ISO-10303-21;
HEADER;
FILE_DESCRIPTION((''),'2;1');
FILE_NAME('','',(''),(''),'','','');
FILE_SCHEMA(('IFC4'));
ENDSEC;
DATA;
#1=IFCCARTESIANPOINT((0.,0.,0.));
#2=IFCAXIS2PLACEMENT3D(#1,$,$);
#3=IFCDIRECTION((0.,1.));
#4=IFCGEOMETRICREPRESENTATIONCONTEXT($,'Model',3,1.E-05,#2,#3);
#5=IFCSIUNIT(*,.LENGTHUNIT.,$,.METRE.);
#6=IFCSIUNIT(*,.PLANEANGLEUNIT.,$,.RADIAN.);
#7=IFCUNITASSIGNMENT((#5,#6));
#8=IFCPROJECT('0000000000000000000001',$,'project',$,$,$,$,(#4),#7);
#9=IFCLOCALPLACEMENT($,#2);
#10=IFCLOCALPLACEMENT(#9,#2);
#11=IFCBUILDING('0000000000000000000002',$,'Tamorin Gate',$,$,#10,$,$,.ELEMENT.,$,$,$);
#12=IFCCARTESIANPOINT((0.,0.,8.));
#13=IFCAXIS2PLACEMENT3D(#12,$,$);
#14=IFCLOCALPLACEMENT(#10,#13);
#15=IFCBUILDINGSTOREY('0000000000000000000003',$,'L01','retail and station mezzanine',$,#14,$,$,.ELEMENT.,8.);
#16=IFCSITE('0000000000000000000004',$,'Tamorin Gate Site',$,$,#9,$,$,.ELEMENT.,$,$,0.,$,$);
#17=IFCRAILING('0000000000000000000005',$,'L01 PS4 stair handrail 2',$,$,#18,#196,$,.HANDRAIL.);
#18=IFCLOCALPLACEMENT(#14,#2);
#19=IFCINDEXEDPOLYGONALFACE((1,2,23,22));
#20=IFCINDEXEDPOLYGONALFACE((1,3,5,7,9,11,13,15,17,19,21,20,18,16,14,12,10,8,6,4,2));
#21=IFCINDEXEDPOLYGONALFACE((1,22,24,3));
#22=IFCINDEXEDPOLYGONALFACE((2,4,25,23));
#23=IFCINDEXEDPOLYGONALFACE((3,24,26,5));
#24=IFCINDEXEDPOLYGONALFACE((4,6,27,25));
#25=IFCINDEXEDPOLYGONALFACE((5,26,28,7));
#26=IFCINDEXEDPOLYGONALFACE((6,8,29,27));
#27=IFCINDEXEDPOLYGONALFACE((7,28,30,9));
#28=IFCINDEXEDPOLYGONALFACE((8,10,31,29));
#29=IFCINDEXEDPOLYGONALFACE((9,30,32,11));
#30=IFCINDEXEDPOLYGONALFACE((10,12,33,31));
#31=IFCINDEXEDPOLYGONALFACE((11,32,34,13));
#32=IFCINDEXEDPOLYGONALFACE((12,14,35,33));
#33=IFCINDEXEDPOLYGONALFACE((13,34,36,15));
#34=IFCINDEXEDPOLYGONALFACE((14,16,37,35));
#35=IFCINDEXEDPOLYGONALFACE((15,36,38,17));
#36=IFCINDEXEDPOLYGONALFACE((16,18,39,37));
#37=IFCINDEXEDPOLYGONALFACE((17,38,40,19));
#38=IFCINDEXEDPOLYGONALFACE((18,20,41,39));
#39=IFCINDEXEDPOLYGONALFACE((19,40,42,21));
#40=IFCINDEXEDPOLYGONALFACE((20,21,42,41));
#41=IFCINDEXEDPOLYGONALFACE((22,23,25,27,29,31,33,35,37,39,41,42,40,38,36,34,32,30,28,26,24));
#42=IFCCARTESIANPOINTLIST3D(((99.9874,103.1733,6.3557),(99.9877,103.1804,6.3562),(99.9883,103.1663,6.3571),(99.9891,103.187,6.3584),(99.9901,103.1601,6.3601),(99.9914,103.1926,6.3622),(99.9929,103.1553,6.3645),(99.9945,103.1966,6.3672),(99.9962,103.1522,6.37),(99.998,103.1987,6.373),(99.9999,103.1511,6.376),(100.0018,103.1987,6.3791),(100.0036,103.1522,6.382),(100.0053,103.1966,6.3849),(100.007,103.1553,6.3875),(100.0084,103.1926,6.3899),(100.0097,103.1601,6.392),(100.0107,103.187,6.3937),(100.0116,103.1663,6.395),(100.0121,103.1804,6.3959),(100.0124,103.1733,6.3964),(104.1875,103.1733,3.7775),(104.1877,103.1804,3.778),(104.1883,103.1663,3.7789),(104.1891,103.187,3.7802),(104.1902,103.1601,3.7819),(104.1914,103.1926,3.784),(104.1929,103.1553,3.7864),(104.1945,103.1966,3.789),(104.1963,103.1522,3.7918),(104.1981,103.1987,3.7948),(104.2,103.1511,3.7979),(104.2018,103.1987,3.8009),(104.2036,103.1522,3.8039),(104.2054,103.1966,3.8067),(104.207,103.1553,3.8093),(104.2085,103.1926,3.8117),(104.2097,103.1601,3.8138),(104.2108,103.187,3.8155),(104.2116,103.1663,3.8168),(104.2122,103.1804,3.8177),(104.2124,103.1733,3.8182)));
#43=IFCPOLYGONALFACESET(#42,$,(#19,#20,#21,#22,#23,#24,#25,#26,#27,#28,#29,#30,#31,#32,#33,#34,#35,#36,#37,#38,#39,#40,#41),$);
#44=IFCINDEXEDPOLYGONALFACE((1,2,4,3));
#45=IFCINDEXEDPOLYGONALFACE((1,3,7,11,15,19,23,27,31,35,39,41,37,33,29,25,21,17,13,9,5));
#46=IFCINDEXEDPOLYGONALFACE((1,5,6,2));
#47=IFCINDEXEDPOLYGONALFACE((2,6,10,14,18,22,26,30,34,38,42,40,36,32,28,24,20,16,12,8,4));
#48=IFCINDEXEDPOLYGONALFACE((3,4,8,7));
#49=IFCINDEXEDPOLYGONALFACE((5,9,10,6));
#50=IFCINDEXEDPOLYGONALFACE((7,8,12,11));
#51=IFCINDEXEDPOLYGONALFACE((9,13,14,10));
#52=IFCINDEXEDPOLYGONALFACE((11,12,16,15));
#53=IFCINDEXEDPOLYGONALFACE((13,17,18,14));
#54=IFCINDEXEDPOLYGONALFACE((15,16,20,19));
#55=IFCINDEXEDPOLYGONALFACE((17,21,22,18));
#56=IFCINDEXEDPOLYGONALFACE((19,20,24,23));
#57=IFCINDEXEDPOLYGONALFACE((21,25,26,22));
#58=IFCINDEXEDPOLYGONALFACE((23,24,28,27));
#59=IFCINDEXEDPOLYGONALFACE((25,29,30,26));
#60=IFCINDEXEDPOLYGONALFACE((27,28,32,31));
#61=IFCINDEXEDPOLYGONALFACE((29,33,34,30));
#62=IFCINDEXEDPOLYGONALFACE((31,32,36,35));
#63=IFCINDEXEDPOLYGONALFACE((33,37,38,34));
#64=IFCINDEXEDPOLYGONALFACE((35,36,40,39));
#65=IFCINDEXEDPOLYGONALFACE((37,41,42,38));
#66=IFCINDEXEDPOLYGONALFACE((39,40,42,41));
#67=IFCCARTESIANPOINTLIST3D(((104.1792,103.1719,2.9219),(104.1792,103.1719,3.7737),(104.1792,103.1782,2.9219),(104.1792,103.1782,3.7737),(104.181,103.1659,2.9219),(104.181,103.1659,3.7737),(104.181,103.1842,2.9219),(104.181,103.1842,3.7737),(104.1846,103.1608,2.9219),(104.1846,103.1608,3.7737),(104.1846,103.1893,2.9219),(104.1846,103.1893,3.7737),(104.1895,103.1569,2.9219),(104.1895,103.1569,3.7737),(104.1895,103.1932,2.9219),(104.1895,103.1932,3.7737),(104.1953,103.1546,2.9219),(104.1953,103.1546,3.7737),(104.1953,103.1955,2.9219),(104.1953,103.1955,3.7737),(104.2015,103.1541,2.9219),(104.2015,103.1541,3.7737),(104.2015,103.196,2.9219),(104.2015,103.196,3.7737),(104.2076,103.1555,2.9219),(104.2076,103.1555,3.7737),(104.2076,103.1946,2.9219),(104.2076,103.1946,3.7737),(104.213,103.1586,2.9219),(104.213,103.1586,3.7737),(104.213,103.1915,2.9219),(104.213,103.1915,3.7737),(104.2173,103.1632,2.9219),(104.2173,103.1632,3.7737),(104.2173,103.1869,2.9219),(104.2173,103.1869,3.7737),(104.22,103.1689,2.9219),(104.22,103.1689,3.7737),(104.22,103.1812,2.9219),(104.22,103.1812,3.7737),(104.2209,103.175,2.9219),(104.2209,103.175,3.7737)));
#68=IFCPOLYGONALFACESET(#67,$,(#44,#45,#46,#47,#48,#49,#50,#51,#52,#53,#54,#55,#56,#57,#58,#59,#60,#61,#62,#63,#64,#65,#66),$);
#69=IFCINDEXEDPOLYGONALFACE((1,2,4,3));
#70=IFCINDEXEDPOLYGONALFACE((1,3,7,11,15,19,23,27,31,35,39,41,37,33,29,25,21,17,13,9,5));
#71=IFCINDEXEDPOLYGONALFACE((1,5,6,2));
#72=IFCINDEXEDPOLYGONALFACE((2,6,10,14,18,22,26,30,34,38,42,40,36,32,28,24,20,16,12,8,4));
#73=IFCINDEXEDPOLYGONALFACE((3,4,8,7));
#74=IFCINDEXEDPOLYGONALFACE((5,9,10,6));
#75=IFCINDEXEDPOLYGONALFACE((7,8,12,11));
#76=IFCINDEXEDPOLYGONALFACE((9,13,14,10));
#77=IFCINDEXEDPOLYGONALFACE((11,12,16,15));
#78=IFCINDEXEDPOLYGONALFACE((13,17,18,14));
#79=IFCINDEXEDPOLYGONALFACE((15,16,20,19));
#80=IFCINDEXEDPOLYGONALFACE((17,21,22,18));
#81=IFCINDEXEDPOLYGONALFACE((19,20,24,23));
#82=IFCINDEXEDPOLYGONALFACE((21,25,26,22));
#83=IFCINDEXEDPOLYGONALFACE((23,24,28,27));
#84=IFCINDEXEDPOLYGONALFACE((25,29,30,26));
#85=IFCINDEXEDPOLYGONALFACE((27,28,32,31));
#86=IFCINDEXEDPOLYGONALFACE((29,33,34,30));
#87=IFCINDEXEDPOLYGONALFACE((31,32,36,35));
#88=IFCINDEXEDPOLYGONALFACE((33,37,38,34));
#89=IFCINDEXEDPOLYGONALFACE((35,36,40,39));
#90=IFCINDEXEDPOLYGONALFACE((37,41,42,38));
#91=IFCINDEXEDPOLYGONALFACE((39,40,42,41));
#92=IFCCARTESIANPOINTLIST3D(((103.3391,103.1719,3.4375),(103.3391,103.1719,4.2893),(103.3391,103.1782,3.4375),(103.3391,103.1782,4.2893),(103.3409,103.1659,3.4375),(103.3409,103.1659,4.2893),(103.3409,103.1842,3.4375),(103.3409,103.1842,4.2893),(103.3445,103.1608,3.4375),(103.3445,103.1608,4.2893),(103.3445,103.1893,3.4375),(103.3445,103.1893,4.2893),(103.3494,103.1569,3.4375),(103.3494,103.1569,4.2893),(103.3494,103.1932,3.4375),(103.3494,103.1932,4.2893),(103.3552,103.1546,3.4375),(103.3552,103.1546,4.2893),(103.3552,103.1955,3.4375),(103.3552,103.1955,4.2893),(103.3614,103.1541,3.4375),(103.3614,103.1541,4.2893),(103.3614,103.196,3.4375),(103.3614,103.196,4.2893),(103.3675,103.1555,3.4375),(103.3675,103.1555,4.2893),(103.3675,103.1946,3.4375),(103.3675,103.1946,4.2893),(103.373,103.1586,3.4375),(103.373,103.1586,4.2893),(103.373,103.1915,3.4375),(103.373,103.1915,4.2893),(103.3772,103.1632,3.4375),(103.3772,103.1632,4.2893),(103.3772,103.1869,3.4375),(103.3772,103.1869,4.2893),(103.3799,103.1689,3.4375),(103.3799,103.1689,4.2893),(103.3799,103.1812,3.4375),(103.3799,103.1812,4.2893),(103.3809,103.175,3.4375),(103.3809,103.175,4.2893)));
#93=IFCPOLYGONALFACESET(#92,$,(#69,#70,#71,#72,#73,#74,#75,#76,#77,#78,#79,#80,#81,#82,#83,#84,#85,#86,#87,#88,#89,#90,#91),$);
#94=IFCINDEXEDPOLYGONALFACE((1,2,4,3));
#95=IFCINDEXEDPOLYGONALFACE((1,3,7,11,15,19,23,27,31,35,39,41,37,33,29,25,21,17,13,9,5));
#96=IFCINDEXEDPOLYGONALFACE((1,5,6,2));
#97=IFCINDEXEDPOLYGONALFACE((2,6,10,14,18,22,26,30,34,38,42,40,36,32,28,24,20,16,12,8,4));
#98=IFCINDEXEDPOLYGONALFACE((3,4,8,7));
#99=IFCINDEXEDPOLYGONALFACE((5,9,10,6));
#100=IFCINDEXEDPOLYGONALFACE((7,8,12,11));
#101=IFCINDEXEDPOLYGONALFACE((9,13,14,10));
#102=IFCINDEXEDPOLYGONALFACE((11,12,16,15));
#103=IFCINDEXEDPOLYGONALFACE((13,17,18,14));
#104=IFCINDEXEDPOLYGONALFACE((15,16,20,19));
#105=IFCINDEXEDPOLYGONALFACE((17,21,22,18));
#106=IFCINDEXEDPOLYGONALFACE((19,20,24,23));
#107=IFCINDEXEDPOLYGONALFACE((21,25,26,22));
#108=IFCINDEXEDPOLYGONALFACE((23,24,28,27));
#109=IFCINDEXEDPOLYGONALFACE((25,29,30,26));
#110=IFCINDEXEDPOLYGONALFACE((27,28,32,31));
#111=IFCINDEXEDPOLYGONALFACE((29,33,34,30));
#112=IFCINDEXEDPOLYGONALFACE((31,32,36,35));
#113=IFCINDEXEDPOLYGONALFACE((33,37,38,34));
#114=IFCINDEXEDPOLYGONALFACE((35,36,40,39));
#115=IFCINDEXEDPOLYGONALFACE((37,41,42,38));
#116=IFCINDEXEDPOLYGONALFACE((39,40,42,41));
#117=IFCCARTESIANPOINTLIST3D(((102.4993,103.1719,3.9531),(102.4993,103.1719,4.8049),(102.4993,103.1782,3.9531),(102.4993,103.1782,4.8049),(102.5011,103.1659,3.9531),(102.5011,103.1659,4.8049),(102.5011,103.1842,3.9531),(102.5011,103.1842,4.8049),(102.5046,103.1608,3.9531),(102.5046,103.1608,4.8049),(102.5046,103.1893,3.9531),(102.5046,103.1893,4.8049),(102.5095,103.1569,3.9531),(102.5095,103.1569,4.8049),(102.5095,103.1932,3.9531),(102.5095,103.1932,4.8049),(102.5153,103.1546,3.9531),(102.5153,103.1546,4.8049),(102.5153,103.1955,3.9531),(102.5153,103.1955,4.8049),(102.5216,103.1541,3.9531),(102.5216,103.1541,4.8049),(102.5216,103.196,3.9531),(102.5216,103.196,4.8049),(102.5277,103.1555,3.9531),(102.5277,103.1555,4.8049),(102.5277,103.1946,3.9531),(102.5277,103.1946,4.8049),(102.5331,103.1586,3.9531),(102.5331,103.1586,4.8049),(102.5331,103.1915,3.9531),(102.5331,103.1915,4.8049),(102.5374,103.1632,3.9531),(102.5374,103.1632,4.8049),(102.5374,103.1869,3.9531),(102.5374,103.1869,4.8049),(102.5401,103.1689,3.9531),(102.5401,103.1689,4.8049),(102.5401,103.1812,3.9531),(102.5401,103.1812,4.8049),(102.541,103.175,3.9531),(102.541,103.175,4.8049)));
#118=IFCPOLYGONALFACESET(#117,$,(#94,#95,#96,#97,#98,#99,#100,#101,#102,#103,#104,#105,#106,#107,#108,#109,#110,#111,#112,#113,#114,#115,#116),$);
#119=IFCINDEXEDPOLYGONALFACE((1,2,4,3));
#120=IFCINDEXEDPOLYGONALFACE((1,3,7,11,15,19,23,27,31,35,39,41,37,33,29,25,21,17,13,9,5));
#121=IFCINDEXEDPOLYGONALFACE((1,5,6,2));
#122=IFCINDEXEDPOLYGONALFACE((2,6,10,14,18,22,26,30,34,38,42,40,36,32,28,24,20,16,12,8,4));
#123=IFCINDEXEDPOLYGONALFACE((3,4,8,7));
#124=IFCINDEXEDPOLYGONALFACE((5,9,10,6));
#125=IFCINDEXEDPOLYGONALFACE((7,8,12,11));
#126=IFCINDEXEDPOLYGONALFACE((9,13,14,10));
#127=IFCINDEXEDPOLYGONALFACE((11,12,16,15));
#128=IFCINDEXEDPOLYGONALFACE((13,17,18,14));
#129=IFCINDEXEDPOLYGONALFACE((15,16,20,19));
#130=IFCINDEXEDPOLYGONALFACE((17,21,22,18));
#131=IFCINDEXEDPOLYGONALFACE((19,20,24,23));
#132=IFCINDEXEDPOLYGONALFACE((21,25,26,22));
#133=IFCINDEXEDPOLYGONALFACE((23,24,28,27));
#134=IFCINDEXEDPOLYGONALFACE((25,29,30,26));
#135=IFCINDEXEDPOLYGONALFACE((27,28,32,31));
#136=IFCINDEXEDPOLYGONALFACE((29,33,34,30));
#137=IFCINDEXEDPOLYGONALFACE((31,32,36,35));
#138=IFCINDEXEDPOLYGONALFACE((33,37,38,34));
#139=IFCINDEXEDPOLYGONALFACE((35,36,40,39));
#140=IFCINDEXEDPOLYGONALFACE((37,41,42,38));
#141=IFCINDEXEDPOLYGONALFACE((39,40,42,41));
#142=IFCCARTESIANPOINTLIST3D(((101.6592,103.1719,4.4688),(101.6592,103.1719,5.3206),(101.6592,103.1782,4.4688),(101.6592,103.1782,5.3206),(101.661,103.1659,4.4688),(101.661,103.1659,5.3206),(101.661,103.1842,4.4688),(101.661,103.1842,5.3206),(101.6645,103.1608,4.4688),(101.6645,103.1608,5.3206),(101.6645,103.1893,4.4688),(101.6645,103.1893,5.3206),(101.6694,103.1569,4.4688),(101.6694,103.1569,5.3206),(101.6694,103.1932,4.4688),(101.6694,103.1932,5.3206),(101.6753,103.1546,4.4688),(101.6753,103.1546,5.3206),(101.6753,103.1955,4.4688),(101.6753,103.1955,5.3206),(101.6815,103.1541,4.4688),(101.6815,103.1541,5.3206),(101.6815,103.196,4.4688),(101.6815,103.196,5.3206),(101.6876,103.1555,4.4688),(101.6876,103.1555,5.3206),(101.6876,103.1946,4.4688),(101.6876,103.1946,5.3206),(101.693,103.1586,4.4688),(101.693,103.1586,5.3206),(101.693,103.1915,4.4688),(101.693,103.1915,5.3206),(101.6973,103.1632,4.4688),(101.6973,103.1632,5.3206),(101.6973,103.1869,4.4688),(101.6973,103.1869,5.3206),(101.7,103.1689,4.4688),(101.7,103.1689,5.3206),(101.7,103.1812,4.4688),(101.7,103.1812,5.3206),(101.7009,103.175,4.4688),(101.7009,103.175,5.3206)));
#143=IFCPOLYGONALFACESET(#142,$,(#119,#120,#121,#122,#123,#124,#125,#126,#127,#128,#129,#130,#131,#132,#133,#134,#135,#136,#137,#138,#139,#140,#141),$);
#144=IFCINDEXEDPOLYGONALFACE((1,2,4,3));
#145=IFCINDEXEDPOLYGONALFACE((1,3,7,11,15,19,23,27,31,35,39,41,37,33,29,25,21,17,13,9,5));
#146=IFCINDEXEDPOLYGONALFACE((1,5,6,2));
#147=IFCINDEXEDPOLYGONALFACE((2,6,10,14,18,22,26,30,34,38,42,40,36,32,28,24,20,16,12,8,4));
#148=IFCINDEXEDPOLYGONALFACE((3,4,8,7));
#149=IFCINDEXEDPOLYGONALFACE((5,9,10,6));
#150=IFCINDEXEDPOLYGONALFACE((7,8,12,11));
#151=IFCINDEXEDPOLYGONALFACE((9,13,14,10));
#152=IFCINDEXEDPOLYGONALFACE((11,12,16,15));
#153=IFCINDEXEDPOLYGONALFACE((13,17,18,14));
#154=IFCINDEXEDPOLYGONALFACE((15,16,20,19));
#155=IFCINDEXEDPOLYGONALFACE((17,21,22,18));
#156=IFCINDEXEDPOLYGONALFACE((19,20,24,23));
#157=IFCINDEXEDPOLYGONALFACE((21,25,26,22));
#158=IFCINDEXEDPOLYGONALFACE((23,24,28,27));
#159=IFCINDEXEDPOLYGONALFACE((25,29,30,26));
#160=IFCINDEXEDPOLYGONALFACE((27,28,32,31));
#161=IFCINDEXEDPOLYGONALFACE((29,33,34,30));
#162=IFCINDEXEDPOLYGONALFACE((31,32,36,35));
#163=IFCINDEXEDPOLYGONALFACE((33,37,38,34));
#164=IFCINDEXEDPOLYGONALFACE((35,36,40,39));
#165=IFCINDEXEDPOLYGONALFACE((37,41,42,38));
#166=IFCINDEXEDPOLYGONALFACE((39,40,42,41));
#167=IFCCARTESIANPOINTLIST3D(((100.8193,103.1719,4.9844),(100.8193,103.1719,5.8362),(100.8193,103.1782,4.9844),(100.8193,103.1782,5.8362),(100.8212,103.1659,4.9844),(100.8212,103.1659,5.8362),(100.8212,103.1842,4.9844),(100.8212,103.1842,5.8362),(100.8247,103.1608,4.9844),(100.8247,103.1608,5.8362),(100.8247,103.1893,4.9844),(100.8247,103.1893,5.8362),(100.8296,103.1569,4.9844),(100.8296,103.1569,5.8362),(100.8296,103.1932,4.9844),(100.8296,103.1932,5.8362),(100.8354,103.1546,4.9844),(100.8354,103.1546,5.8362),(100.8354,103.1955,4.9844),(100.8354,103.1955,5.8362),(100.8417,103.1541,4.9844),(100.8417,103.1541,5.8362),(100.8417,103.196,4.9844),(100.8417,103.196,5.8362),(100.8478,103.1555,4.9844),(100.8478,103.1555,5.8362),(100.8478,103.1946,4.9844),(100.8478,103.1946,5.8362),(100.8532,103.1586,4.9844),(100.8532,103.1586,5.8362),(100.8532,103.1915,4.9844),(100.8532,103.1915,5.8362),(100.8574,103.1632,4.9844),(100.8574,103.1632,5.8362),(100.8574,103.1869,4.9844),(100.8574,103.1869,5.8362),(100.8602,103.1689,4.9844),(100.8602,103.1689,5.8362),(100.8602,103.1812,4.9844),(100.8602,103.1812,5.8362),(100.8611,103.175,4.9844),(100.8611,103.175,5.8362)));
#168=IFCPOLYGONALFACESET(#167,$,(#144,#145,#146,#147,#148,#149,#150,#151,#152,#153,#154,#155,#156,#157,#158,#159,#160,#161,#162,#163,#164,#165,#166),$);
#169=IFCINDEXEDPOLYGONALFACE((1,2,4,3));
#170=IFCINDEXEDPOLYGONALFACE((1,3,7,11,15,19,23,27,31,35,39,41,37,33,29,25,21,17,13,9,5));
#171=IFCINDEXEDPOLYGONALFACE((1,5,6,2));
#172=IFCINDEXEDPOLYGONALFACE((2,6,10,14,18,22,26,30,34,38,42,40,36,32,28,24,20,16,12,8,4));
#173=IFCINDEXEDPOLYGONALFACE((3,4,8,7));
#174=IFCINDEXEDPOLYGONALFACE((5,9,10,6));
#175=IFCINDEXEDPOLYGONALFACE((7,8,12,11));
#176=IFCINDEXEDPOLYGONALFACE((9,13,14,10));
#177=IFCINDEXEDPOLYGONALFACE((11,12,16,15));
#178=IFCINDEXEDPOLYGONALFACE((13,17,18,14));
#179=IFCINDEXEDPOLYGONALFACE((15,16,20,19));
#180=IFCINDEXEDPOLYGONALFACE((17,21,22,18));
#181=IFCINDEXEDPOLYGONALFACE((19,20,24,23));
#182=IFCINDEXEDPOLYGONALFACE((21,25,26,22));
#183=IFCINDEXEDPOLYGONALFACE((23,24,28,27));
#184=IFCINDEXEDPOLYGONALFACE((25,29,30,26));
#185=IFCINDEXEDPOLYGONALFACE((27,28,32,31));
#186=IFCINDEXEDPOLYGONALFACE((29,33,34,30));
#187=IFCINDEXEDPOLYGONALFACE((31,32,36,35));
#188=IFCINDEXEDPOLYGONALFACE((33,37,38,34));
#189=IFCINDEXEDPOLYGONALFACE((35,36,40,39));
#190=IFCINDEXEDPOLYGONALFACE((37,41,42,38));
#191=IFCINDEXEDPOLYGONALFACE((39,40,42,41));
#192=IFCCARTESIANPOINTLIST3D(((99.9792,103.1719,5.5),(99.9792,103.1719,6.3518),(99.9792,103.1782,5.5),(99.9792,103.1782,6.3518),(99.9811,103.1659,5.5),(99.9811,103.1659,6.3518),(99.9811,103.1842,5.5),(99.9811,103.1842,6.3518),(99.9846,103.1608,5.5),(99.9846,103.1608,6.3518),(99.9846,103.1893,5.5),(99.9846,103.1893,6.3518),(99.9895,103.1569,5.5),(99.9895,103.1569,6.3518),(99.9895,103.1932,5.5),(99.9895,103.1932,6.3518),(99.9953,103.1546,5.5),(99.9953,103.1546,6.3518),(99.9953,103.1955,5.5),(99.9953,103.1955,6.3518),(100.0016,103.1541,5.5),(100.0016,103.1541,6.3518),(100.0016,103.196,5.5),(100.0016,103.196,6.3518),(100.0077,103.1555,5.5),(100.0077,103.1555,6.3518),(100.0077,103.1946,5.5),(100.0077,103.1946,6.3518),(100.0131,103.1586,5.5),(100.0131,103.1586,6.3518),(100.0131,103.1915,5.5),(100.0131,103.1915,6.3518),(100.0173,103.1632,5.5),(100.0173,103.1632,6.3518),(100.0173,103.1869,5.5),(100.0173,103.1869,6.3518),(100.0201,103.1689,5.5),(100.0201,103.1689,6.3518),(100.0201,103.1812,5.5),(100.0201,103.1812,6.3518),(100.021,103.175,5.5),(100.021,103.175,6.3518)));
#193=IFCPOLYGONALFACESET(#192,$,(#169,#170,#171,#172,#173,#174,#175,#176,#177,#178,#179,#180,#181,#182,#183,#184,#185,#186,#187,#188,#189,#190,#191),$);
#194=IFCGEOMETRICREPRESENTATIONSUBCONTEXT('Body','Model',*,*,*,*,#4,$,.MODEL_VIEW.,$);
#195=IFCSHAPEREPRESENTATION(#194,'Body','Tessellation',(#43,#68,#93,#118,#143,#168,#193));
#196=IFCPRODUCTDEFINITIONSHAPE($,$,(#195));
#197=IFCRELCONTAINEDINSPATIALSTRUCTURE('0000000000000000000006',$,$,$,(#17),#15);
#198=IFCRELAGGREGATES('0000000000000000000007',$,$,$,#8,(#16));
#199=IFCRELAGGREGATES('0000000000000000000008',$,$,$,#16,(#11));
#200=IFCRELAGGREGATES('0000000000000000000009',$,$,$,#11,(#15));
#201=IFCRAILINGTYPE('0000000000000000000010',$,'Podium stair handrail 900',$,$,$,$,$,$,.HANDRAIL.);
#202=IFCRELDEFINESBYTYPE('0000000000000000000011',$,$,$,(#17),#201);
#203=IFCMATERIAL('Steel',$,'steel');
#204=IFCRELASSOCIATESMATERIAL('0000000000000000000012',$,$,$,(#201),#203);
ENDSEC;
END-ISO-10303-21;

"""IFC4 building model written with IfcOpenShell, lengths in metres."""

from ifc_helpers import new_model, si_unit, direction, frame, origin, origin_2d, place, context, subcontext, project, spatial, circle, extrude, material, type_object, element, save


model = new_model("IFC4")

# Units and contexts
model_context = context("Model", 3, precision=1e-05, world=origin(), true_north=direction((0.0, 1.0)))
body_context = subcontext(model_context, "Body", "Model", "MODEL_VIEW")
ifc_project = project(units=[si_unit("LENGTHUNIT", "METRE"), si_unit("PLANEANGLEUNIT", "RADIAN")], contexts=[model_context])

# Site, building, storey
site_placement = place(None, origin())
site = spatial("IfcSite", under=ifc_project, at=site_placement, Name="Tamorin Gate Site", CompositionType="ELEMENT", RefElevation=0.0)
building_placement = place(site_placement, origin())
building = spatial("IfcBuilding", under=site, at=building_placement, Name="Tamorin Gate", CompositionType="ELEMENT")
storey_placement = place(building_placement, frame((0.0, 0.0, 8.0)))
storey = spatial("IfcBuildingStorey", under=building, at=storey_placement, Name="L01", Description="retail and station mezzanine", CompositionType="ELEMENT", Elevation=8.0)

# Railing
ifc_material_1 = material(Name="Steel", Category="steel")
railing_type_1 = type_object("IfcRailingType", Name="Podium stair handrail 900", PredefinedType="HANDRAIL", material=ifc_material_1)
for number, where, name in (
    (1, (104.2, 103.175, 2.9219), "L01 PS4 stair handrail 2"),
):
    element("IfcRailing", number, at=place(storey_placement, frame(where)), inside=storey, type_object=railing_type_1, Name=name, PredefinedType="HANDRAIL", context=body_context, shape_type="SweptSolid", body=[
        extrude(circle(Radius=0.0239, at=origin_2d()), frame((0.0, 0.0, 0.876), z_axis=(-0.852243, 0.0, 0.523146), x_axis=(0.0, -1.0, 0.0)), (0.0, 0.0, 1.0), 4.9282),
        extrude(circle(Radius=0.021, at=origin_2d()), origin(), (0.0, 0.0, 1.0), 0.8518),
        extrude(circle(Radius=0.021, at=origin_2d()), frame((-0.8401, 0.0, 0.5156)), (0.0, 0.0, 1.0), 0.8518),
        extrude(circle(Radius=0.021, at=origin_2d()), frame((-1.6799, 0.0, 1.0312)), (0.0, 0.0, 1.0), 0.8518),
        extrude(circle(Radius=0.021, at=origin_2d()), frame((-2.52, 0.0, 1.5469)), (0.0, 0.0, 1.0), 0.8518),
        extrude(circle(Radius=0.021, at=origin_2d()), frame((-3.3599, 0.0, 2.0625)), (0.0, 0.0, 1.0), 0.8518),
        extrude(circle(Radius=0.021, at=origin_2d()), frame((-4.2, 0.0, 2.5781)), (0.0, 0.0, 1.0), 0.8518),
    ])

save(model, "model.ifc")
